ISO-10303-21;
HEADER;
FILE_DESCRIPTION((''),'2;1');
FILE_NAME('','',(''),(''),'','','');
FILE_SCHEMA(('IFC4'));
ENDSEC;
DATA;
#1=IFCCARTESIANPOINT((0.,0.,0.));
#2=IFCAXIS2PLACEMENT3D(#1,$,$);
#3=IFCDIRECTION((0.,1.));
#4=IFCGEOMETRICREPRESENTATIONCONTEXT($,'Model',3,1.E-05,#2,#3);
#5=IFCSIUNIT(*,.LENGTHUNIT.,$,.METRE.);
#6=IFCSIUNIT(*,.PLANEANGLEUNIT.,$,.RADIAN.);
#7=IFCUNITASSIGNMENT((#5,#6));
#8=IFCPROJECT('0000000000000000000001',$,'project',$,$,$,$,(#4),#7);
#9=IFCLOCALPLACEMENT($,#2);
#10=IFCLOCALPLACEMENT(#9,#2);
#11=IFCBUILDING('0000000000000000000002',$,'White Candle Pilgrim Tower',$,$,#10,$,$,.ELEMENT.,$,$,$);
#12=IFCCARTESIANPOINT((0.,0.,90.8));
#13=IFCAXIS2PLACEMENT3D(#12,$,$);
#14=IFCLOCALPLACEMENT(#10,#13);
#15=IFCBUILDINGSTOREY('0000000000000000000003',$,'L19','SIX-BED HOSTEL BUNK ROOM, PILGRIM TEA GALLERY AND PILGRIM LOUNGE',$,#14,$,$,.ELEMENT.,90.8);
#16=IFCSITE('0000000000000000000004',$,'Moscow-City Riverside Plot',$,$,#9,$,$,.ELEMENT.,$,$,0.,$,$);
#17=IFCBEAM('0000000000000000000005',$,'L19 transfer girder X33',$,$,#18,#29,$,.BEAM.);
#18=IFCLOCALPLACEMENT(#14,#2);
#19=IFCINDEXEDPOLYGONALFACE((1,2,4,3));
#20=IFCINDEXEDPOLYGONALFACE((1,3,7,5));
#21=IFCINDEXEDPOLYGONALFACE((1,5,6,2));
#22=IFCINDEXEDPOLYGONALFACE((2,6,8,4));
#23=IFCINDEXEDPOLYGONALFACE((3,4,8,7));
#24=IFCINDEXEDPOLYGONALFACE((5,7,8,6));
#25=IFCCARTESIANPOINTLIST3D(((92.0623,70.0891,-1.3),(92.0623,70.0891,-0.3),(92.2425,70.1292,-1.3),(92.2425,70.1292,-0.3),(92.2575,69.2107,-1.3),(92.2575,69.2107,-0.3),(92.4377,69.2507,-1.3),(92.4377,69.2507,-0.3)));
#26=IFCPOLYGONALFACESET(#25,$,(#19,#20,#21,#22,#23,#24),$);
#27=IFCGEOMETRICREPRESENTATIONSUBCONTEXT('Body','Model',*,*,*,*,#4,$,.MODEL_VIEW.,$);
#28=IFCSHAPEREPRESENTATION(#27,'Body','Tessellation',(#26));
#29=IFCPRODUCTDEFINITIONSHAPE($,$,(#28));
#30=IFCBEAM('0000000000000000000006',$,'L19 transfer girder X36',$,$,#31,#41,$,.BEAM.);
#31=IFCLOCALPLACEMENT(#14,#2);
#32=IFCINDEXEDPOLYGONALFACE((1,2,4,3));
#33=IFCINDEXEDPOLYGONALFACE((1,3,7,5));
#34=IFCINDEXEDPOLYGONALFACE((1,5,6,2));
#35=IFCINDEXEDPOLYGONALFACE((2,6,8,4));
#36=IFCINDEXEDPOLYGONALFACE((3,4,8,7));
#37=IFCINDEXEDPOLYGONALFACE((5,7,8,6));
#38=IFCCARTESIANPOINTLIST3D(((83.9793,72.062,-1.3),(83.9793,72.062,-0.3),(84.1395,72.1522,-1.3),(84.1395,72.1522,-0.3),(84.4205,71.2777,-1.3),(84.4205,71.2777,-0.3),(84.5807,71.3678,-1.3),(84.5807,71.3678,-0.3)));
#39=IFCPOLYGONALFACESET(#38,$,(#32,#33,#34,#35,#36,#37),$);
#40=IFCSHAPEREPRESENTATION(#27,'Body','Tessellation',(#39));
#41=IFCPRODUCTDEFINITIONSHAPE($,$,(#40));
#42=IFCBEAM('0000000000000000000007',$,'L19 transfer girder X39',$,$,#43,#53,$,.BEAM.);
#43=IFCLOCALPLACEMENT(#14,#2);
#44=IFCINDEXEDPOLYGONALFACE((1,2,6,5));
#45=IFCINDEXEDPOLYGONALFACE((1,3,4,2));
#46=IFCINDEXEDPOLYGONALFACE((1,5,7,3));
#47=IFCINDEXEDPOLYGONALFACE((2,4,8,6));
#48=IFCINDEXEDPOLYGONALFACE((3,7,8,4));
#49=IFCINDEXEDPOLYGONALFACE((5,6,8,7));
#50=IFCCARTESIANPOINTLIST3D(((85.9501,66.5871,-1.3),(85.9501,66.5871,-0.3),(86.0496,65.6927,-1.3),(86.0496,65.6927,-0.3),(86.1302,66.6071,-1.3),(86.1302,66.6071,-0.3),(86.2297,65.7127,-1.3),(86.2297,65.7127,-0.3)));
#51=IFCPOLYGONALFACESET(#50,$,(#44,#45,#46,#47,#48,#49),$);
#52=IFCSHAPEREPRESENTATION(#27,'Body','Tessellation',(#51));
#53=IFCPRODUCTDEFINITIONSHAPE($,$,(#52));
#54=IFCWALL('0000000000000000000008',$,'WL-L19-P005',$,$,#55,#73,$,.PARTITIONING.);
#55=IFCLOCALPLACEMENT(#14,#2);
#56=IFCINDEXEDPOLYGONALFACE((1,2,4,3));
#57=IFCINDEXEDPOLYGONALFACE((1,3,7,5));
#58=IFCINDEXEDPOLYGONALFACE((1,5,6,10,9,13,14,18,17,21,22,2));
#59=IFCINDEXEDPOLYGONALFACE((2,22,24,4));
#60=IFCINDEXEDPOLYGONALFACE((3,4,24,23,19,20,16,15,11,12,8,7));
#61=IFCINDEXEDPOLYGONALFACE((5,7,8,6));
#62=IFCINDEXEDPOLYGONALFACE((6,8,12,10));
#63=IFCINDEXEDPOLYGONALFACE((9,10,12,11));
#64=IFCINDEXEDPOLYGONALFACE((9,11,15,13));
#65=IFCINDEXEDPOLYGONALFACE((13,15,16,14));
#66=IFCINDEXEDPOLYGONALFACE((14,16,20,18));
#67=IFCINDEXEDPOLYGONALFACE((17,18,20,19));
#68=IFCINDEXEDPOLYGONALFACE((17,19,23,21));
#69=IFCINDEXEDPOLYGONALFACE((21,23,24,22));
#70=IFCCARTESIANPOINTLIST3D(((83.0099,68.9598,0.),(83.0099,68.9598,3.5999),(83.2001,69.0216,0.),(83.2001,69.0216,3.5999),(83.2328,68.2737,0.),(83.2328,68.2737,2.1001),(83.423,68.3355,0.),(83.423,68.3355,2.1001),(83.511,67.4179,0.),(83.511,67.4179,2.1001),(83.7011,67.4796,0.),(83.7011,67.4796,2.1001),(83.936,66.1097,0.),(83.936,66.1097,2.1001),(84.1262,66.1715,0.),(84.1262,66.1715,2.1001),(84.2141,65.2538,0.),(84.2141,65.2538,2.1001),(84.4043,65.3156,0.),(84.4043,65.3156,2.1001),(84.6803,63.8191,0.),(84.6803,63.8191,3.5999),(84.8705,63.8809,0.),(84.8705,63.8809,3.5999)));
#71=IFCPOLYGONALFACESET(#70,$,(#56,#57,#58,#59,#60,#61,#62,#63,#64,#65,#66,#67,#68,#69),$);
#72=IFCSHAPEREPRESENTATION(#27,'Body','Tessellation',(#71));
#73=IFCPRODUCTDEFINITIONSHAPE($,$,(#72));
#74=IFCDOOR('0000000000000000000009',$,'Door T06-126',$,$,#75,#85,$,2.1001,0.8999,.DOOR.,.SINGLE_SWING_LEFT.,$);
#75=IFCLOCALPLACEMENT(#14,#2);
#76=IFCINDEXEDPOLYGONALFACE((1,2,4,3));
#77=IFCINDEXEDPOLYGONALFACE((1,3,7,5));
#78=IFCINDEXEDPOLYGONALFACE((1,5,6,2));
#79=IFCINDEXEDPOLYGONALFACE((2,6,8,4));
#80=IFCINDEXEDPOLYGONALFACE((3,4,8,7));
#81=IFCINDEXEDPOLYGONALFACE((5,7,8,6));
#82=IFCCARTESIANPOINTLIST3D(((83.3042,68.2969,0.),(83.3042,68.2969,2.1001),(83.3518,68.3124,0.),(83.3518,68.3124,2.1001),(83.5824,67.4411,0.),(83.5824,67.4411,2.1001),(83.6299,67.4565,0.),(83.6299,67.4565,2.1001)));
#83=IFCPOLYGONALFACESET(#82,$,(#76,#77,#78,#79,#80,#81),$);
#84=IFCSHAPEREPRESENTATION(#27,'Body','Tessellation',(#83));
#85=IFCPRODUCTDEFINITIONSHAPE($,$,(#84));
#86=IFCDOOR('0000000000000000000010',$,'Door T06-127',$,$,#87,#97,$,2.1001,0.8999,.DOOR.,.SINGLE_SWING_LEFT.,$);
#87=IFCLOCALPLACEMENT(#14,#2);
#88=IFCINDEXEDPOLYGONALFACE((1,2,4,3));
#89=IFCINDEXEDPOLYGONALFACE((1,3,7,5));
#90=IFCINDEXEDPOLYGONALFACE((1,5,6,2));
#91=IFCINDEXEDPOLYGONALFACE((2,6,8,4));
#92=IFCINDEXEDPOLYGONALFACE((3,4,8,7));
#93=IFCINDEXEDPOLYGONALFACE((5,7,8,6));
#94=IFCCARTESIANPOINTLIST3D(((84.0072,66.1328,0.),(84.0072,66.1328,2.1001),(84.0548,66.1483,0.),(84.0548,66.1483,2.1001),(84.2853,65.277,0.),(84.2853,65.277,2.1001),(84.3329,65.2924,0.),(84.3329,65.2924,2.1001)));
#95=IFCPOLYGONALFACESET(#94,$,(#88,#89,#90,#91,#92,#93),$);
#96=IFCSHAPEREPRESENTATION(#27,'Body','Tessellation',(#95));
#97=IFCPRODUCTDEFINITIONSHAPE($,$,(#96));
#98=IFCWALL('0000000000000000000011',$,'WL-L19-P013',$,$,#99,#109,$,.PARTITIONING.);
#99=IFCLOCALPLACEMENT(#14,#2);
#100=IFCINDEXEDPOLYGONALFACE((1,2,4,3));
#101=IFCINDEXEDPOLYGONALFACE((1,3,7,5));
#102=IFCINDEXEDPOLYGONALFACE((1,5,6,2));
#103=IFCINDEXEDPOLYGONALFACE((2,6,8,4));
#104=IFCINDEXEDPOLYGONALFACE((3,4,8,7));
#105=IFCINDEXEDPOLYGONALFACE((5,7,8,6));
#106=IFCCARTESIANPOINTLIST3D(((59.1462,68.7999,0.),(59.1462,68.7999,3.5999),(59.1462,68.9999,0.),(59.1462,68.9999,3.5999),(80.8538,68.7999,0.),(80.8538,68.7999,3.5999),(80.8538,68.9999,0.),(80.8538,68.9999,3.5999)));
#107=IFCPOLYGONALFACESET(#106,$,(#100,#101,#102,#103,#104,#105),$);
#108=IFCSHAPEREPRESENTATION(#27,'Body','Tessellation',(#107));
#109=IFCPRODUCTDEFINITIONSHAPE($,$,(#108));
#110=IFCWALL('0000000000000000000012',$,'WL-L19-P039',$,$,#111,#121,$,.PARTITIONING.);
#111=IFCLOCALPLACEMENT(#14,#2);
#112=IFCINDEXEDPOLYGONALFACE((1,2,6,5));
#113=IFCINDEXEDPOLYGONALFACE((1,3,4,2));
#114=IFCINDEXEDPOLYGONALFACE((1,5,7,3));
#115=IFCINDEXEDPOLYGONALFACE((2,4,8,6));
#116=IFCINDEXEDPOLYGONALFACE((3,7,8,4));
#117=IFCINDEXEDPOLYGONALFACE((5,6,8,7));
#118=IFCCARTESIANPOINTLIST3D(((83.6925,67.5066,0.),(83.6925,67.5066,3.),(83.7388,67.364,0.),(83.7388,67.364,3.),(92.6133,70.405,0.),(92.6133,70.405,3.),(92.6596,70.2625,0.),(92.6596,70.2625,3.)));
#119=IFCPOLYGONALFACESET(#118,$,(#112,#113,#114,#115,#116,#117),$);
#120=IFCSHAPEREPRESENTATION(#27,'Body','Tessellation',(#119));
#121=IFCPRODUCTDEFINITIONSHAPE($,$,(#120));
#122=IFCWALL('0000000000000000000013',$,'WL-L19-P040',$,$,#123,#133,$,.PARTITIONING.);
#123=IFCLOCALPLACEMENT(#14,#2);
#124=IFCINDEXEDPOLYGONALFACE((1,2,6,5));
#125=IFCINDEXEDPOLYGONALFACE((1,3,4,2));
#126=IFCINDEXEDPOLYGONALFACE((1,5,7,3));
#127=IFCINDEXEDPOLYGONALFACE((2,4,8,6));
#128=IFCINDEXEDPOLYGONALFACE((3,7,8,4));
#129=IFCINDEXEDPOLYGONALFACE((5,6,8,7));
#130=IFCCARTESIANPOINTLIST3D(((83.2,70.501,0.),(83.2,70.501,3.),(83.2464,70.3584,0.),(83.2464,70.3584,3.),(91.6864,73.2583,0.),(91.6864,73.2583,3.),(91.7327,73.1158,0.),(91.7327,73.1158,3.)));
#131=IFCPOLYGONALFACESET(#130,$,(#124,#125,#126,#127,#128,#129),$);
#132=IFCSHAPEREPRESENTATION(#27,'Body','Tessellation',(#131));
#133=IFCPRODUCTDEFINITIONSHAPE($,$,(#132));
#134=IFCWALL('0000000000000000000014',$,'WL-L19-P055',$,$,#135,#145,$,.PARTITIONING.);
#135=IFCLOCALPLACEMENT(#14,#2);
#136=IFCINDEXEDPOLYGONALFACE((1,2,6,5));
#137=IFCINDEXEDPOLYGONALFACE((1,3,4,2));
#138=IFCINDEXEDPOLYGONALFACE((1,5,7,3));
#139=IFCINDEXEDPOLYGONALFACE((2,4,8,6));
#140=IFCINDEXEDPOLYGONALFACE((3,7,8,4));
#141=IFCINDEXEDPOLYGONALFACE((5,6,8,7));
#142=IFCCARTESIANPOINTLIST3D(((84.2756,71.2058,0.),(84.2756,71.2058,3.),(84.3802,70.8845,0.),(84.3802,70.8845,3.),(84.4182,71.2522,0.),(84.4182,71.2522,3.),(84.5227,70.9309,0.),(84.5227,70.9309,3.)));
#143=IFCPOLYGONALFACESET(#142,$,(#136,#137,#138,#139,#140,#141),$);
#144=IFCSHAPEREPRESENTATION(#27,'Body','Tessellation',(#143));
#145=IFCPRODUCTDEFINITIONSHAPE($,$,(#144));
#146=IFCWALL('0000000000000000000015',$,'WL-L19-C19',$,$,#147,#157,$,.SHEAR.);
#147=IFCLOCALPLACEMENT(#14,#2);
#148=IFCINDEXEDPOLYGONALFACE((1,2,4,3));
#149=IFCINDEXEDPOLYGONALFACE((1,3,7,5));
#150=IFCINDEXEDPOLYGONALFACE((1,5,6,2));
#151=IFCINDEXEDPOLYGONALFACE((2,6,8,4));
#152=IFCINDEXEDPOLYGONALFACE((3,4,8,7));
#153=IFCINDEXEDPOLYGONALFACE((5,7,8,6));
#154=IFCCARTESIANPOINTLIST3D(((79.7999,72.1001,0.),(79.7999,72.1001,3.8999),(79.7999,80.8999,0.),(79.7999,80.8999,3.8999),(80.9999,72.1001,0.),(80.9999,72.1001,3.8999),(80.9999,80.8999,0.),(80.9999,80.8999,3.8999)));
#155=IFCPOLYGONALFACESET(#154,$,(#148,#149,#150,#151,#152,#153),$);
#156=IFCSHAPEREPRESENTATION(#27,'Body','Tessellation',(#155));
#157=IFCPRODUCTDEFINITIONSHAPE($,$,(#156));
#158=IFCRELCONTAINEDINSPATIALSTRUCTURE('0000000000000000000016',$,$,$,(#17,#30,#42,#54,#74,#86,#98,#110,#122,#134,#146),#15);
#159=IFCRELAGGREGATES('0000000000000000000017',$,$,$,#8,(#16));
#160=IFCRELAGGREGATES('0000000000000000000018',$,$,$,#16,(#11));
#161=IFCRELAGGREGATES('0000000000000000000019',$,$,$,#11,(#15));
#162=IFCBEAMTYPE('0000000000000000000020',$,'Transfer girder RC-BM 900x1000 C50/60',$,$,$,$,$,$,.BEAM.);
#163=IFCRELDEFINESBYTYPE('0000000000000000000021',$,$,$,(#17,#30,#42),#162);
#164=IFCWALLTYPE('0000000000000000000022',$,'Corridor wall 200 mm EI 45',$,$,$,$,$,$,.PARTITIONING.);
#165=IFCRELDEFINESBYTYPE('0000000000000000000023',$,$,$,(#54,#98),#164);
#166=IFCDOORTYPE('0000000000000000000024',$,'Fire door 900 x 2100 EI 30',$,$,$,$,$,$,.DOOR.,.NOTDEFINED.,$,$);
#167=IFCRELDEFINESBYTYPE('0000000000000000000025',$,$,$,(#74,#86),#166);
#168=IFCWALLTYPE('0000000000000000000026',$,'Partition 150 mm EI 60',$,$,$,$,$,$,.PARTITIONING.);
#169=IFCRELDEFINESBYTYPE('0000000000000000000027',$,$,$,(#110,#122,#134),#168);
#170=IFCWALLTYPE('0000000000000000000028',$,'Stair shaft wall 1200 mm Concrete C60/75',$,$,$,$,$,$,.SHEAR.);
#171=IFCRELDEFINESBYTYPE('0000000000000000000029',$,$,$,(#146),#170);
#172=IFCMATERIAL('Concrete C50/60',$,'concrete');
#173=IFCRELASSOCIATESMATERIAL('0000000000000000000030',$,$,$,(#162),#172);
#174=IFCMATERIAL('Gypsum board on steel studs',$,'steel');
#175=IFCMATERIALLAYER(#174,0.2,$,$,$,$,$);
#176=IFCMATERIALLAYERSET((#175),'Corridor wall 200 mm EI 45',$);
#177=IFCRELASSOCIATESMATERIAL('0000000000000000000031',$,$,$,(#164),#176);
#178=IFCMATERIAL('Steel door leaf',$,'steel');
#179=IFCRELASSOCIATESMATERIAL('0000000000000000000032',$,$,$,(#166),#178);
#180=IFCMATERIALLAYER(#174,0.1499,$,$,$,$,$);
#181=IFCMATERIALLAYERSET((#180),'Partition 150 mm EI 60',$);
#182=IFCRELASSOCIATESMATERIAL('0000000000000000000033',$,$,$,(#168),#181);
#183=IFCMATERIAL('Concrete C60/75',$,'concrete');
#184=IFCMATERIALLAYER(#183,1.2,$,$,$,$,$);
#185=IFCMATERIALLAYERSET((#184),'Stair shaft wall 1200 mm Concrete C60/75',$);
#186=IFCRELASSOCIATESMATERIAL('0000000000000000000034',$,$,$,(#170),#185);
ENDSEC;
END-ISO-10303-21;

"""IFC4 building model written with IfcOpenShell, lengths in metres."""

from ifc_helpers import new_model, si_unit, direction, frame, frame_2d, origin, origin_2d, place, context, subcontext, project, spatial, rectangle, extrude, material, layer, layer_set, material_profile, profile_set, type_object, element, fill, save


model = new_model("IFC4")

# Units and contexts
model_context = context("Model", 3, precision=1e-05, world=origin(), true_north=direction((0.0, 1.0)))
body_context = subcontext(model_context, "Body", "Model", "MODEL_VIEW")
ifc_project = project(units=[si_unit("LENGTHUNIT", "METRE"), si_unit("PLANEANGLEUNIT", "RADIAN")], contexts=[model_context])

# Site, building, storey
site_placement = place(None, origin())
site = spatial("IfcSite", under=ifc_project, at=site_placement, Name="Moscow-City Riverside Plot", CompositionType="ELEMENT", RefElevation=0.0)
building_placement = place(site_placement, origin())
building = spatial("IfcBuilding", under=site, at=building_placement, Name="White Candle Pilgrim Tower", CompositionType="ELEMENT")
storey_placement = place(building_placement, frame((0.0, 0.0, 90.8)))
storey = spatial("IfcBuildingStorey", under=building, at=storey_placement, Name="L19", Description="SIX-BED HOSTEL BUNK ROOM, PILGRIM TEA GALLERY AND PILGRIM LOUNGE", CompositionType="ELEMENT", Elevation=90.8)

# Beams
ifc_material_1 = material(Name="Concrete C50/60", Category="concrete")
ifc_material_profile_1 = material_profile(ifc_material_1, rectangle(XDim=0.8999, YDim=1.0, at=origin_2d()), Name="RC-BM 900x1000")
ifc_profile_set_1 = profile_set([ifc_material_profile_1], Name="Concrete C50/60")
beam_type_1 = type_object("IfcBeamType", Name="Transfer girder RC-BM 900x1000 C50/60", PredefinedType="BEAM", material=ifc_profile_set_1)
beam_1_placement = place(storey_placement, frame((92.3401, 69.6899, -0.8), z_axis=(-0.976187, -0.21693, 0.0), x_axis=(0.21693, -0.976187, 0.0)))
element("IfcBeam", 1, at=beam_1_placement, inside=storey, type_object=beam_type_1, Name="L19 transfer girder X33", PredefinedType="BEAM", context=body_context, shape_type="SweptSolid", body=[
    extrude(rectangle(XDim=0.8999, YDim=1.0, at=origin_2d()), origin(), (0.0, 0.0, 1.0), 0.1846),
])
beam_2_placement = place(storey_placement, frame((84.3601, 71.76, -0.8), z_axis=(-0.871576, -0.490261, 0.0), x_axis=(0.490261, -0.871576, 0.0)))
element("IfcBeam", 2, at=beam_2_placement, inside=storey, type_object=beam_type_1, Name="L19 transfer girder X36", PredefinedType="BEAM", context=body_context, shape_type="SweptSolid", body=[
    extrude(rectangle(XDim=0.8999, YDim=1.0, at=origin_2d()), origin(), (0.0, 0.0, 1.0), 0.1838),
])
beam_3_placement = place(storey_placement, frame((86.1799, 66.1599, -0.8), z_axis=(-0.993867, -0.11058, 0.0), x_axis=(0.11058, -0.993867, 0.0)))
element("IfcBeam", 3, at=beam_3_placement, inside=storey, type_object=beam_type_1, Name="L19 transfer girder X39", PredefinedType="BEAM", context=body_context, shape_type="SweptSolid", body=[
    extrude(rectangle(XDim=0.8999, YDim=1.0, at=origin_2d()), origin(), (0.0, 0.0, 1.0), 0.1812),
])

# Wall, openings, doors
ifc_material_2 = material(Name="Gypsum board on steel studs", Category="steel")
ifc_layer_1 = layer(ifc_material_2, 0.2)
ifc_layer_set_1 = layer_set([ifc_layer_1], Name="Corridor wall 200 mm EI 45")
wall_type_1 = type_object("IfcWallType", Name="Corridor wall 200 mm EI 45", PredefinedType="PARTITIONING", material=ifc_layer_set_1)
wall_1_placement = place(storey_placement, frame((83.105, 68.9907, 0.0), z_axis=(0.0, 0.0, 1.0), x_axis=(0.309037, -0.95105, 0.0)))
wall_1 = element("IfcWall", 4, at=wall_1_placement, inside=storey, type_object=wall_type_1, Name="WL-L19-P005", PredefinedType="PARTITIONING", context=body_context, shape_type="SweptSolid", body=[
    extrude(rectangle(XDim=5.4053, YDim=0.2, at=frame_2d((2.7026, 0.0))), origin(), (0.0, 0.0, 1.0), 3.5999),
])
opening_1_placement = place(wall_1_placement, frame((0.7214, 0.0, 0.0)))
opening_1 = element("IfcOpeningElement", 5, at=opening_1_placement, cuts=wall_1, PredefinedType="OPENING", context=body_context, shape_type="SweptSolid", body=[
    extrude(rectangle(XDim=0.8999, YDim=2.1001, at=frame_2d((0.45, 1.05))), frame((0.0, 0.1099, 0.0), z_axis=(0.0, -1.0, 0.0), x_axis=(1.0, 0.0, 0.0)), (0.0, 0.0, 1.0), 0.22),
])
opening_2_placement = place(wall_1_placement, frame((2.9968, 0.0, 0.0)))
opening_2 = element("IfcOpeningElement", 6, at=opening_2_placement, cuts=wall_1, PredefinedType="OPENING", context=body_context, shape_type="SweptSolid", body=[
    extrude(rectangle(XDim=0.8999, YDim=2.1001, at=frame_2d((0.45, 1.05))), frame((0.0, 0.1099, 0.0), z_axis=(0.0, -1.0, 0.0), x_axis=(1.0, 0.0, 0.0)), (0.0, 0.0, 1.0), 0.22),
])
ifc_material_3 = material(Name="Steel door leaf", Category="steel")
door_type = type_object("IfcDoorType", Name="Fire door 900 x 2100 EI 30", OperationType="NOTDEFINED", PredefinedType="DOOR", material=ifc_material_3)
door_1_placement = place(opening_1_placement, frame((0.8999, 0.0, 0.0), z_axis=(0.0, 0.0, 1.0), x_axis=(-1.0, 0.0, 0.0)))
door_1 = element("IfcDoor", 7, at=door_1_placement, inside=storey, type_object=door_type, Name="Door T06-126", OperationType="SINGLE_SWING_LEFT", OverallHeight=2.1001, OverallWidth=0.8999, PredefinedType="DOOR", context=body_context, shape_type="SweptSolid", body=[
    extrude(rectangle(XDim=0.8999, YDim=2.1001, at=frame_2d((0.45, 1.05))), frame((0.0, 0.0249, 0.0), z_axis=(0.0, -1.0, 0.0), x_axis=(1.0, 0.0, 0.0)), (0.0, 0.0, 1.0), 0.05),
])
fill(opening_1, door_1)
door_2_placement = place(opening_2_placement, origin())
door_2 = element("IfcDoor", 8, at=door_2_placement, inside=storey, type_object=door_type, Name="Door T06-127", OperationType="SINGLE_SWING_LEFT", OverallHeight=2.1001, OverallWidth=0.8999, PredefinedType="DOOR", context=body_context, shape_type="SweptSolid", body=[
    extrude(rectangle(XDim=0.8999, YDim=2.1001, at=frame_2d((0.45, 1.05))), frame((0.0, 0.0249, 0.0), z_axis=(0.0, -1.0, 0.0), x_axis=(1.0, 0.0, 0.0)), (0.0, 0.0, 1.0), 0.05),
])
fill(opening_2, door_2)

# Walls
wall_2_placement = place(storey_placement, frame((80.8538, 68.8999, 0.0), z_axis=(0.0, 0.0, 1.0), x_axis=(-1.0, 0.0, 0.0)))
element("IfcWall", 9, at=wall_2_placement, inside=storey, type_object=wall_type_1, Name="WL-L19-P013", PredefinedType="PARTITIONING", context=body_context, shape_type="SweptSolid", body=[
    extrude(rectangle(XDim=21.7075, YDim=0.2, at=frame_2d((10.8538, 0.0))), origin(), (0.0, 0.0, 1.0), 3.5999),
])
ifc_layer_2 = layer(ifc_material_2, 0.1499)
ifc_layer_set_2 = layer_set([ifc_layer_2], Name="Partition 150 mm EI 60")
wall_type_2 = type_object("IfcWallType", Name="Partition 150 mm EI 60", PredefinedType="PARTITIONING", material=ifc_layer_set_2)
wall_3_placement = place(storey_placement, frame((92.6365, 70.3337, 0.0), z_axis=(0.0, 0.0, 1.0), x_axis=(-0.951061, -0.309004, 0.0)))
element("IfcWall", 10, at=wall_3_placement, inside=storey, type_object=wall_type_2, Name="WL-L19-P039", PredefinedType="PARTITIONING", context=body_context, shape_type="SweptSolid", body=[
    extrude(rectangle(XDim=9.3799, YDim=0.1499, at=frame_2d((4.6899, 0.0))), origin(), (0.0, 0.0, 1.0), 3.0),
])
wall_4_placement = place(storey_placement, frame((91.7095, 73.187, 0.0), z_axis=(0.0, 0.0, 1.0), x_axis=(-0.951058, -0.309012, 0.0)))
element("IfcWall", 11, at=wall_4_placement, inside=storey, type_object=wall_type_2, Name="WL-L19-P040", PredefinedType="PARTITIONING", context=body_context, shape_type="SweptSolid", body=[
    extrude(rectangle(XDim=8.9231, YDim=0.1499, at=frame_2d((4.4614, 0.0))), origin(), (0.0, 0.0, 1.0), 3.0),
])
wall_5_placement = place(storey_placement, frame((84.3469, 71.229, 0.0), z_axis=(0.0, 0.0, 1.0), x_axis=(0.309282, -0.95097, 0.0)))
element("IfcWall", 12, at=wall_5_placement, inside=storey, type_object=wall_type_2, Name="WL-L19-P055", PredefinedType="PARTITIONING", context=body_context, shape_type="SweptSolid", body=[
    extrude(rectangle(XDim=0.3379, YDim=0.1499, at=frame_2d((0.1689, 0.0))), origin(), (0.0, 0.0, 1.0), 3.0),
])
ifc_material_4 = material(Name="Concrete C60/75", Category="concrete")
ifc_layer_3 = layer(ifc_material_4, 1.2)
ifc_layer_set_3 = layer_set([ifc_layer_3], Name="Stair shaft wall 1200 mm Concrete C60/75")
wall_type_3 = type_object("IfcWallType", Name="Stair shaft wall 1200 mm Concrete C60/75", PredefinedType="SHEAR", material=ifc_layer_set_3)
wall_6_placement = place(storey_placement, frame((80.3999, 72.1001, 0.0), z_axis=(0.0, 0.0, 1.0), x_axis=(0.0, 1.0, 0.0)))
element("IfcWall", 13, at=wall_6_placement, inside=storey, type_object=wall_type_3, Name="WL-L19-C19", PredefinedType="SHEAR", context=body_context, shape_type="SweptSolid", body=[
    extrude(rectangle(XDim=8.7998, YDim=1.2, at=frame_2d((4.3999, 0.0))), origin(), (0.0, 0.0, 1.0), 3.8999),
])

save(model, "model.ifc")
